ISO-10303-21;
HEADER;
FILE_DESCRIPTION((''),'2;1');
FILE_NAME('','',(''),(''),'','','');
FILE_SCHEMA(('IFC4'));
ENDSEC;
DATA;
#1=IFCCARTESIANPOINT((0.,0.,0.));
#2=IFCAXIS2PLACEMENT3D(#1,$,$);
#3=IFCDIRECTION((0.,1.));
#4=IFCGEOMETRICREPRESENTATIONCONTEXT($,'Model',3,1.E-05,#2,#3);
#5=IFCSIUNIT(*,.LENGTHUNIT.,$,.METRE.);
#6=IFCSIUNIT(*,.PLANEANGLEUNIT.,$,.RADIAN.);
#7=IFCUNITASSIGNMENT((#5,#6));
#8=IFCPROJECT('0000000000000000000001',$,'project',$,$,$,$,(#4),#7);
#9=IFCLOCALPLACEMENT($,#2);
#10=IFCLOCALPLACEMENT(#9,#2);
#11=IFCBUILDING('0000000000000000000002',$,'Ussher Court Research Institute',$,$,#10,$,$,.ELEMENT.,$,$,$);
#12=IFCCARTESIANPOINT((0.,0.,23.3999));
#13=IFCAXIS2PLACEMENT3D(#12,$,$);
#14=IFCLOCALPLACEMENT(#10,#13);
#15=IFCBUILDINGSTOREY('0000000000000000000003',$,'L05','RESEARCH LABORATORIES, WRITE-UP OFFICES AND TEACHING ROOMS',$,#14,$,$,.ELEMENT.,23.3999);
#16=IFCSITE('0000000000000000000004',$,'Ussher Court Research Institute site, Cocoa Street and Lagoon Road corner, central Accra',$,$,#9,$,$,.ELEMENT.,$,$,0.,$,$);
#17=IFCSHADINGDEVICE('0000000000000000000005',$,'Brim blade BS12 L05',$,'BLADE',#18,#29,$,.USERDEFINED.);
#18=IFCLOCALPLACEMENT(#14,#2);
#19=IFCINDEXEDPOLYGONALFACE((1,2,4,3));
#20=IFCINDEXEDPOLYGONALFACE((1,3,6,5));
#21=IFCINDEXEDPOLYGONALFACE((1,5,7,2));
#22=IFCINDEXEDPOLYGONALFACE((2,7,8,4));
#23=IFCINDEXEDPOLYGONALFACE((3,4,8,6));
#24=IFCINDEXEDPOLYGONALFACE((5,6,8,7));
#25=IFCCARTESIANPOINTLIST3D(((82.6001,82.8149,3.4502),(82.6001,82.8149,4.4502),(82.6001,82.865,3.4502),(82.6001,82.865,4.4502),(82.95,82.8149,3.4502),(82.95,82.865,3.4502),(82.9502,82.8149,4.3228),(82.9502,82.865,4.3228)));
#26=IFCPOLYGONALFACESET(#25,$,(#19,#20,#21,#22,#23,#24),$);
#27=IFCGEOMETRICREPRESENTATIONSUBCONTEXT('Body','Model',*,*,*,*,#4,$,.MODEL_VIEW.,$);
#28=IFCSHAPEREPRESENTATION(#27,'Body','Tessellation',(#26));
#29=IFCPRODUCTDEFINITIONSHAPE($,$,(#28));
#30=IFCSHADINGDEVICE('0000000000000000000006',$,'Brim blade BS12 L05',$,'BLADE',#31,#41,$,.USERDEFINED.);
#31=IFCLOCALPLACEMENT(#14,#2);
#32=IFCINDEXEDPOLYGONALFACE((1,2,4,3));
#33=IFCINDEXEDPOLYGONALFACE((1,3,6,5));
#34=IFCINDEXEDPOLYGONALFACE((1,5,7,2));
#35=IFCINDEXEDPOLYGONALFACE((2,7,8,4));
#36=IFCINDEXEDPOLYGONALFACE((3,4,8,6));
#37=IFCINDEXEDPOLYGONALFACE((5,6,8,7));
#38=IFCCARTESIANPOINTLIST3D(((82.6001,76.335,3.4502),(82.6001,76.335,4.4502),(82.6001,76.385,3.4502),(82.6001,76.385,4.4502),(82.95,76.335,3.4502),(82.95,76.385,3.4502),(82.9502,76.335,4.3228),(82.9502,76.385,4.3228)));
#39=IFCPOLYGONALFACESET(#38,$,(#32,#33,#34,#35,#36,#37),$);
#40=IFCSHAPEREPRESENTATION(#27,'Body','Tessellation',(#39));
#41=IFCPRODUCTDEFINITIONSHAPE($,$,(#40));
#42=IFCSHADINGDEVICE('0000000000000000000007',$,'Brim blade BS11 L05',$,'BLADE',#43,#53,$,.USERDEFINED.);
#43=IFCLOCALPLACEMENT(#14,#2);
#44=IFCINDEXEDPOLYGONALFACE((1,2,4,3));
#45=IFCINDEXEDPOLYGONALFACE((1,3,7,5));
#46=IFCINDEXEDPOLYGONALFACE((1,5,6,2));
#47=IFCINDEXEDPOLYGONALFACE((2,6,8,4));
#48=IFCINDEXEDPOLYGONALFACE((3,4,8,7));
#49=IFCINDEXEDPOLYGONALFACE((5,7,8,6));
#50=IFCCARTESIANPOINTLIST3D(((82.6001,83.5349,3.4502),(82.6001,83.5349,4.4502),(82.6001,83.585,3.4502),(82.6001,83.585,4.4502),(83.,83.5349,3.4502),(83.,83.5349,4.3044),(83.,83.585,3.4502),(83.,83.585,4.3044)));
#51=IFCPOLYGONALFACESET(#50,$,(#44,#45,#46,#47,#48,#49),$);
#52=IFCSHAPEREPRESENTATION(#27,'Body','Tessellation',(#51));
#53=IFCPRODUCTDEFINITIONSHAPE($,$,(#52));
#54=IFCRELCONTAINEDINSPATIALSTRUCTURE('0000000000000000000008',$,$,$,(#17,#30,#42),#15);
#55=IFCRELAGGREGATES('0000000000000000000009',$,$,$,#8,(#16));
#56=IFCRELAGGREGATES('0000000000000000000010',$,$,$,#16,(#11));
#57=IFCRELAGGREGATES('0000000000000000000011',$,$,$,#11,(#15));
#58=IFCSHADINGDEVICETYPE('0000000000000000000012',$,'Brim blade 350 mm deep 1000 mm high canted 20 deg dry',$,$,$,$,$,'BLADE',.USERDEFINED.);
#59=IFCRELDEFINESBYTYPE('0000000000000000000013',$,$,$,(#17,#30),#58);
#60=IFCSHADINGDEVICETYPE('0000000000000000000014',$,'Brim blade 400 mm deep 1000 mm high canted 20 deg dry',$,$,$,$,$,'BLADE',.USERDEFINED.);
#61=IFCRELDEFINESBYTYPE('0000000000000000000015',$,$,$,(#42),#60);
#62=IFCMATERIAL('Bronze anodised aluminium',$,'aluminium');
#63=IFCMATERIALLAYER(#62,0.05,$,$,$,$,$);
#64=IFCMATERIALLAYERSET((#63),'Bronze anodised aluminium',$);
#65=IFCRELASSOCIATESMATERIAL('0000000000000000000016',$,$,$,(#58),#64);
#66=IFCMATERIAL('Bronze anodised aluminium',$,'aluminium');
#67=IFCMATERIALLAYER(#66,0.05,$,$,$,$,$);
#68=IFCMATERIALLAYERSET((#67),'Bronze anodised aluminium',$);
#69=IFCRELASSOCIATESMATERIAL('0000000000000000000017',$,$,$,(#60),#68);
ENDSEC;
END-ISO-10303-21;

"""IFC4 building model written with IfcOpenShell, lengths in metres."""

from ifc_helpers import new_model, si_unit, direction, frame, origin, place, context, subcontext, project, spatial, polyline, outline, extrude, material, layer, layer_set, type_object, element, save


model = new_model("IFC4")

# Units and contexts
model_context = context("Model", 3, precision=1e-05, world=origin(), true_north=direction((0.0, 1.0)))
body_context = subcontext(model_context, "Body", "Model", "MODEL_VIEW")
ifc_project = project(units=[si_unit("LENGTHUNIT", "METRE"), si_unit("PLANEANGLEUNIT", "RADIAN")], contexts=[model_context])

# Site, building, storey
site_placement = place(None, origin())
site = spatial("IfcSite", under=ifc_project, at=site_placement, Name="Ussher Court Research Institute site, Cocoa Street and Lagoon Road corner, central Accra", CompositionType="ELEMENT", RefElevation=0.0)
building_placement = place(site_placement, origin())
building = spatial("IfcBuilding", under=site, at=building_placement, Name="Ussher Court Research Institute", CompositionType="ELEMENT")
storey_placement = place(building_placement, frame((0.0, 0.0, 23.3999)))
storey = spatial("IfcBuildingStorey", under=building, at=storey_placement, Name="L05", Description="RESEARCH LABORATORIES, WRITE-UP OFFICES AND TEACHING ROOMS", CompositionType="ELEMENT", Elevation=23.3999)

# Shading devices
ifc_material_1 = material(Name="Bronze anodised aluminium", Category="aluminium")
ifc_layer_1 = layer(ifc_material_1, 0.05)
ifc_layer_set_1 = layer_set([ifc_layer_1], Name="Bronze anodised aluminium")
shading_device_type_1 = type_object("IfcShadingDeviceType", Name="Brim blade 350 mm deep 1000 mm high canted 20 deg dry", ElementType="BLADE", PredefinedType="USERDEFINED", material=ifc_layer_set_1)
for number, where, z_axis, x_axis, name in (
    (1, (82.6001, 82.8401, 3.4502), (0.0, 0.0, 1.0), (1.0, 0.0, 0.0), "Brim blade BS12 L05"),
    (2, (82.6001, 76.3601, 3.4502), (0.0, 0.0, 1.0), (1.0, 0.0, 0.0), "Brim blade BS12 L05"),
):
    element("IfcShadingDevice", number, at=place(storey_placement, frame(where, z_axis=z_axis, x_axis=x_axis)), inside=storey, type_object=shading_device_type_1, Name=name, ObjectType="BLADE", PredefinedType="USERDEFINED", context=body_context, shape_type="SweptSolid", body=[
        extrude(outline(polyline([(0.0, 0.0), (0.3499, 0.0), (0.3501, 0.8726), (0.0, 1.0), (0.0, 0.0)])), frame((0.0, 0.0249, 0.0), z_axis=(0.0, -1.0, 0.0), x_axis=(1.0, 0.0, 0.0)), (0.0, 0.0, 1.0), 0.05),
    ])
ifc_material_2 = material(Name="Bronze anodised aluminium", Category="aluminium")
ifc_layer_2 = layer(ifc_material_2, 0.05)
ifc_layer_set_2 = layer_set([ifc_layer_2], Name="Bronze anodised aluminium")
shading_device_type_2 = type_object("IfcShadingDeviceType", Name="Brim blade 400 mm deep 1000 mm high canted 20 deg dry", ElementType="BLADE", PredefinedType="USERDEFINED", material=ifc_layer_set_2)
shading_device_1_placement = place(storey_placement, frame((82.6001, 83.5601, 3.4502), z_axis=(0.0, 0.0, 1.0), x_axis=(1.0, 0.0, 0.0)))
element("IfcShadingDevice", 3, at=shading_device_1_placement, inside=storey, type_object=shading_device_type_2, Name="Brim blade BS11 L05", ObjectType="BLADE", PredefinedType="USERDEFINED", context=body_context, shape_type="SweptSolid", body=[
    extrude(outline(polyline([(0.0, 0.0), (0.3999, 0.0), (0.3999, 0.8542), (0.0, 1.0), (0.0, 0.0)])), frame((0.0, 0.0249, 0.0), z_axis=(0.0, -1.0, 0.0), x_axis=(1.0, 0.0, 0.0)), (0.0, 0.0, 1.0), 0.05),
])

save(model, "model.ifc")
